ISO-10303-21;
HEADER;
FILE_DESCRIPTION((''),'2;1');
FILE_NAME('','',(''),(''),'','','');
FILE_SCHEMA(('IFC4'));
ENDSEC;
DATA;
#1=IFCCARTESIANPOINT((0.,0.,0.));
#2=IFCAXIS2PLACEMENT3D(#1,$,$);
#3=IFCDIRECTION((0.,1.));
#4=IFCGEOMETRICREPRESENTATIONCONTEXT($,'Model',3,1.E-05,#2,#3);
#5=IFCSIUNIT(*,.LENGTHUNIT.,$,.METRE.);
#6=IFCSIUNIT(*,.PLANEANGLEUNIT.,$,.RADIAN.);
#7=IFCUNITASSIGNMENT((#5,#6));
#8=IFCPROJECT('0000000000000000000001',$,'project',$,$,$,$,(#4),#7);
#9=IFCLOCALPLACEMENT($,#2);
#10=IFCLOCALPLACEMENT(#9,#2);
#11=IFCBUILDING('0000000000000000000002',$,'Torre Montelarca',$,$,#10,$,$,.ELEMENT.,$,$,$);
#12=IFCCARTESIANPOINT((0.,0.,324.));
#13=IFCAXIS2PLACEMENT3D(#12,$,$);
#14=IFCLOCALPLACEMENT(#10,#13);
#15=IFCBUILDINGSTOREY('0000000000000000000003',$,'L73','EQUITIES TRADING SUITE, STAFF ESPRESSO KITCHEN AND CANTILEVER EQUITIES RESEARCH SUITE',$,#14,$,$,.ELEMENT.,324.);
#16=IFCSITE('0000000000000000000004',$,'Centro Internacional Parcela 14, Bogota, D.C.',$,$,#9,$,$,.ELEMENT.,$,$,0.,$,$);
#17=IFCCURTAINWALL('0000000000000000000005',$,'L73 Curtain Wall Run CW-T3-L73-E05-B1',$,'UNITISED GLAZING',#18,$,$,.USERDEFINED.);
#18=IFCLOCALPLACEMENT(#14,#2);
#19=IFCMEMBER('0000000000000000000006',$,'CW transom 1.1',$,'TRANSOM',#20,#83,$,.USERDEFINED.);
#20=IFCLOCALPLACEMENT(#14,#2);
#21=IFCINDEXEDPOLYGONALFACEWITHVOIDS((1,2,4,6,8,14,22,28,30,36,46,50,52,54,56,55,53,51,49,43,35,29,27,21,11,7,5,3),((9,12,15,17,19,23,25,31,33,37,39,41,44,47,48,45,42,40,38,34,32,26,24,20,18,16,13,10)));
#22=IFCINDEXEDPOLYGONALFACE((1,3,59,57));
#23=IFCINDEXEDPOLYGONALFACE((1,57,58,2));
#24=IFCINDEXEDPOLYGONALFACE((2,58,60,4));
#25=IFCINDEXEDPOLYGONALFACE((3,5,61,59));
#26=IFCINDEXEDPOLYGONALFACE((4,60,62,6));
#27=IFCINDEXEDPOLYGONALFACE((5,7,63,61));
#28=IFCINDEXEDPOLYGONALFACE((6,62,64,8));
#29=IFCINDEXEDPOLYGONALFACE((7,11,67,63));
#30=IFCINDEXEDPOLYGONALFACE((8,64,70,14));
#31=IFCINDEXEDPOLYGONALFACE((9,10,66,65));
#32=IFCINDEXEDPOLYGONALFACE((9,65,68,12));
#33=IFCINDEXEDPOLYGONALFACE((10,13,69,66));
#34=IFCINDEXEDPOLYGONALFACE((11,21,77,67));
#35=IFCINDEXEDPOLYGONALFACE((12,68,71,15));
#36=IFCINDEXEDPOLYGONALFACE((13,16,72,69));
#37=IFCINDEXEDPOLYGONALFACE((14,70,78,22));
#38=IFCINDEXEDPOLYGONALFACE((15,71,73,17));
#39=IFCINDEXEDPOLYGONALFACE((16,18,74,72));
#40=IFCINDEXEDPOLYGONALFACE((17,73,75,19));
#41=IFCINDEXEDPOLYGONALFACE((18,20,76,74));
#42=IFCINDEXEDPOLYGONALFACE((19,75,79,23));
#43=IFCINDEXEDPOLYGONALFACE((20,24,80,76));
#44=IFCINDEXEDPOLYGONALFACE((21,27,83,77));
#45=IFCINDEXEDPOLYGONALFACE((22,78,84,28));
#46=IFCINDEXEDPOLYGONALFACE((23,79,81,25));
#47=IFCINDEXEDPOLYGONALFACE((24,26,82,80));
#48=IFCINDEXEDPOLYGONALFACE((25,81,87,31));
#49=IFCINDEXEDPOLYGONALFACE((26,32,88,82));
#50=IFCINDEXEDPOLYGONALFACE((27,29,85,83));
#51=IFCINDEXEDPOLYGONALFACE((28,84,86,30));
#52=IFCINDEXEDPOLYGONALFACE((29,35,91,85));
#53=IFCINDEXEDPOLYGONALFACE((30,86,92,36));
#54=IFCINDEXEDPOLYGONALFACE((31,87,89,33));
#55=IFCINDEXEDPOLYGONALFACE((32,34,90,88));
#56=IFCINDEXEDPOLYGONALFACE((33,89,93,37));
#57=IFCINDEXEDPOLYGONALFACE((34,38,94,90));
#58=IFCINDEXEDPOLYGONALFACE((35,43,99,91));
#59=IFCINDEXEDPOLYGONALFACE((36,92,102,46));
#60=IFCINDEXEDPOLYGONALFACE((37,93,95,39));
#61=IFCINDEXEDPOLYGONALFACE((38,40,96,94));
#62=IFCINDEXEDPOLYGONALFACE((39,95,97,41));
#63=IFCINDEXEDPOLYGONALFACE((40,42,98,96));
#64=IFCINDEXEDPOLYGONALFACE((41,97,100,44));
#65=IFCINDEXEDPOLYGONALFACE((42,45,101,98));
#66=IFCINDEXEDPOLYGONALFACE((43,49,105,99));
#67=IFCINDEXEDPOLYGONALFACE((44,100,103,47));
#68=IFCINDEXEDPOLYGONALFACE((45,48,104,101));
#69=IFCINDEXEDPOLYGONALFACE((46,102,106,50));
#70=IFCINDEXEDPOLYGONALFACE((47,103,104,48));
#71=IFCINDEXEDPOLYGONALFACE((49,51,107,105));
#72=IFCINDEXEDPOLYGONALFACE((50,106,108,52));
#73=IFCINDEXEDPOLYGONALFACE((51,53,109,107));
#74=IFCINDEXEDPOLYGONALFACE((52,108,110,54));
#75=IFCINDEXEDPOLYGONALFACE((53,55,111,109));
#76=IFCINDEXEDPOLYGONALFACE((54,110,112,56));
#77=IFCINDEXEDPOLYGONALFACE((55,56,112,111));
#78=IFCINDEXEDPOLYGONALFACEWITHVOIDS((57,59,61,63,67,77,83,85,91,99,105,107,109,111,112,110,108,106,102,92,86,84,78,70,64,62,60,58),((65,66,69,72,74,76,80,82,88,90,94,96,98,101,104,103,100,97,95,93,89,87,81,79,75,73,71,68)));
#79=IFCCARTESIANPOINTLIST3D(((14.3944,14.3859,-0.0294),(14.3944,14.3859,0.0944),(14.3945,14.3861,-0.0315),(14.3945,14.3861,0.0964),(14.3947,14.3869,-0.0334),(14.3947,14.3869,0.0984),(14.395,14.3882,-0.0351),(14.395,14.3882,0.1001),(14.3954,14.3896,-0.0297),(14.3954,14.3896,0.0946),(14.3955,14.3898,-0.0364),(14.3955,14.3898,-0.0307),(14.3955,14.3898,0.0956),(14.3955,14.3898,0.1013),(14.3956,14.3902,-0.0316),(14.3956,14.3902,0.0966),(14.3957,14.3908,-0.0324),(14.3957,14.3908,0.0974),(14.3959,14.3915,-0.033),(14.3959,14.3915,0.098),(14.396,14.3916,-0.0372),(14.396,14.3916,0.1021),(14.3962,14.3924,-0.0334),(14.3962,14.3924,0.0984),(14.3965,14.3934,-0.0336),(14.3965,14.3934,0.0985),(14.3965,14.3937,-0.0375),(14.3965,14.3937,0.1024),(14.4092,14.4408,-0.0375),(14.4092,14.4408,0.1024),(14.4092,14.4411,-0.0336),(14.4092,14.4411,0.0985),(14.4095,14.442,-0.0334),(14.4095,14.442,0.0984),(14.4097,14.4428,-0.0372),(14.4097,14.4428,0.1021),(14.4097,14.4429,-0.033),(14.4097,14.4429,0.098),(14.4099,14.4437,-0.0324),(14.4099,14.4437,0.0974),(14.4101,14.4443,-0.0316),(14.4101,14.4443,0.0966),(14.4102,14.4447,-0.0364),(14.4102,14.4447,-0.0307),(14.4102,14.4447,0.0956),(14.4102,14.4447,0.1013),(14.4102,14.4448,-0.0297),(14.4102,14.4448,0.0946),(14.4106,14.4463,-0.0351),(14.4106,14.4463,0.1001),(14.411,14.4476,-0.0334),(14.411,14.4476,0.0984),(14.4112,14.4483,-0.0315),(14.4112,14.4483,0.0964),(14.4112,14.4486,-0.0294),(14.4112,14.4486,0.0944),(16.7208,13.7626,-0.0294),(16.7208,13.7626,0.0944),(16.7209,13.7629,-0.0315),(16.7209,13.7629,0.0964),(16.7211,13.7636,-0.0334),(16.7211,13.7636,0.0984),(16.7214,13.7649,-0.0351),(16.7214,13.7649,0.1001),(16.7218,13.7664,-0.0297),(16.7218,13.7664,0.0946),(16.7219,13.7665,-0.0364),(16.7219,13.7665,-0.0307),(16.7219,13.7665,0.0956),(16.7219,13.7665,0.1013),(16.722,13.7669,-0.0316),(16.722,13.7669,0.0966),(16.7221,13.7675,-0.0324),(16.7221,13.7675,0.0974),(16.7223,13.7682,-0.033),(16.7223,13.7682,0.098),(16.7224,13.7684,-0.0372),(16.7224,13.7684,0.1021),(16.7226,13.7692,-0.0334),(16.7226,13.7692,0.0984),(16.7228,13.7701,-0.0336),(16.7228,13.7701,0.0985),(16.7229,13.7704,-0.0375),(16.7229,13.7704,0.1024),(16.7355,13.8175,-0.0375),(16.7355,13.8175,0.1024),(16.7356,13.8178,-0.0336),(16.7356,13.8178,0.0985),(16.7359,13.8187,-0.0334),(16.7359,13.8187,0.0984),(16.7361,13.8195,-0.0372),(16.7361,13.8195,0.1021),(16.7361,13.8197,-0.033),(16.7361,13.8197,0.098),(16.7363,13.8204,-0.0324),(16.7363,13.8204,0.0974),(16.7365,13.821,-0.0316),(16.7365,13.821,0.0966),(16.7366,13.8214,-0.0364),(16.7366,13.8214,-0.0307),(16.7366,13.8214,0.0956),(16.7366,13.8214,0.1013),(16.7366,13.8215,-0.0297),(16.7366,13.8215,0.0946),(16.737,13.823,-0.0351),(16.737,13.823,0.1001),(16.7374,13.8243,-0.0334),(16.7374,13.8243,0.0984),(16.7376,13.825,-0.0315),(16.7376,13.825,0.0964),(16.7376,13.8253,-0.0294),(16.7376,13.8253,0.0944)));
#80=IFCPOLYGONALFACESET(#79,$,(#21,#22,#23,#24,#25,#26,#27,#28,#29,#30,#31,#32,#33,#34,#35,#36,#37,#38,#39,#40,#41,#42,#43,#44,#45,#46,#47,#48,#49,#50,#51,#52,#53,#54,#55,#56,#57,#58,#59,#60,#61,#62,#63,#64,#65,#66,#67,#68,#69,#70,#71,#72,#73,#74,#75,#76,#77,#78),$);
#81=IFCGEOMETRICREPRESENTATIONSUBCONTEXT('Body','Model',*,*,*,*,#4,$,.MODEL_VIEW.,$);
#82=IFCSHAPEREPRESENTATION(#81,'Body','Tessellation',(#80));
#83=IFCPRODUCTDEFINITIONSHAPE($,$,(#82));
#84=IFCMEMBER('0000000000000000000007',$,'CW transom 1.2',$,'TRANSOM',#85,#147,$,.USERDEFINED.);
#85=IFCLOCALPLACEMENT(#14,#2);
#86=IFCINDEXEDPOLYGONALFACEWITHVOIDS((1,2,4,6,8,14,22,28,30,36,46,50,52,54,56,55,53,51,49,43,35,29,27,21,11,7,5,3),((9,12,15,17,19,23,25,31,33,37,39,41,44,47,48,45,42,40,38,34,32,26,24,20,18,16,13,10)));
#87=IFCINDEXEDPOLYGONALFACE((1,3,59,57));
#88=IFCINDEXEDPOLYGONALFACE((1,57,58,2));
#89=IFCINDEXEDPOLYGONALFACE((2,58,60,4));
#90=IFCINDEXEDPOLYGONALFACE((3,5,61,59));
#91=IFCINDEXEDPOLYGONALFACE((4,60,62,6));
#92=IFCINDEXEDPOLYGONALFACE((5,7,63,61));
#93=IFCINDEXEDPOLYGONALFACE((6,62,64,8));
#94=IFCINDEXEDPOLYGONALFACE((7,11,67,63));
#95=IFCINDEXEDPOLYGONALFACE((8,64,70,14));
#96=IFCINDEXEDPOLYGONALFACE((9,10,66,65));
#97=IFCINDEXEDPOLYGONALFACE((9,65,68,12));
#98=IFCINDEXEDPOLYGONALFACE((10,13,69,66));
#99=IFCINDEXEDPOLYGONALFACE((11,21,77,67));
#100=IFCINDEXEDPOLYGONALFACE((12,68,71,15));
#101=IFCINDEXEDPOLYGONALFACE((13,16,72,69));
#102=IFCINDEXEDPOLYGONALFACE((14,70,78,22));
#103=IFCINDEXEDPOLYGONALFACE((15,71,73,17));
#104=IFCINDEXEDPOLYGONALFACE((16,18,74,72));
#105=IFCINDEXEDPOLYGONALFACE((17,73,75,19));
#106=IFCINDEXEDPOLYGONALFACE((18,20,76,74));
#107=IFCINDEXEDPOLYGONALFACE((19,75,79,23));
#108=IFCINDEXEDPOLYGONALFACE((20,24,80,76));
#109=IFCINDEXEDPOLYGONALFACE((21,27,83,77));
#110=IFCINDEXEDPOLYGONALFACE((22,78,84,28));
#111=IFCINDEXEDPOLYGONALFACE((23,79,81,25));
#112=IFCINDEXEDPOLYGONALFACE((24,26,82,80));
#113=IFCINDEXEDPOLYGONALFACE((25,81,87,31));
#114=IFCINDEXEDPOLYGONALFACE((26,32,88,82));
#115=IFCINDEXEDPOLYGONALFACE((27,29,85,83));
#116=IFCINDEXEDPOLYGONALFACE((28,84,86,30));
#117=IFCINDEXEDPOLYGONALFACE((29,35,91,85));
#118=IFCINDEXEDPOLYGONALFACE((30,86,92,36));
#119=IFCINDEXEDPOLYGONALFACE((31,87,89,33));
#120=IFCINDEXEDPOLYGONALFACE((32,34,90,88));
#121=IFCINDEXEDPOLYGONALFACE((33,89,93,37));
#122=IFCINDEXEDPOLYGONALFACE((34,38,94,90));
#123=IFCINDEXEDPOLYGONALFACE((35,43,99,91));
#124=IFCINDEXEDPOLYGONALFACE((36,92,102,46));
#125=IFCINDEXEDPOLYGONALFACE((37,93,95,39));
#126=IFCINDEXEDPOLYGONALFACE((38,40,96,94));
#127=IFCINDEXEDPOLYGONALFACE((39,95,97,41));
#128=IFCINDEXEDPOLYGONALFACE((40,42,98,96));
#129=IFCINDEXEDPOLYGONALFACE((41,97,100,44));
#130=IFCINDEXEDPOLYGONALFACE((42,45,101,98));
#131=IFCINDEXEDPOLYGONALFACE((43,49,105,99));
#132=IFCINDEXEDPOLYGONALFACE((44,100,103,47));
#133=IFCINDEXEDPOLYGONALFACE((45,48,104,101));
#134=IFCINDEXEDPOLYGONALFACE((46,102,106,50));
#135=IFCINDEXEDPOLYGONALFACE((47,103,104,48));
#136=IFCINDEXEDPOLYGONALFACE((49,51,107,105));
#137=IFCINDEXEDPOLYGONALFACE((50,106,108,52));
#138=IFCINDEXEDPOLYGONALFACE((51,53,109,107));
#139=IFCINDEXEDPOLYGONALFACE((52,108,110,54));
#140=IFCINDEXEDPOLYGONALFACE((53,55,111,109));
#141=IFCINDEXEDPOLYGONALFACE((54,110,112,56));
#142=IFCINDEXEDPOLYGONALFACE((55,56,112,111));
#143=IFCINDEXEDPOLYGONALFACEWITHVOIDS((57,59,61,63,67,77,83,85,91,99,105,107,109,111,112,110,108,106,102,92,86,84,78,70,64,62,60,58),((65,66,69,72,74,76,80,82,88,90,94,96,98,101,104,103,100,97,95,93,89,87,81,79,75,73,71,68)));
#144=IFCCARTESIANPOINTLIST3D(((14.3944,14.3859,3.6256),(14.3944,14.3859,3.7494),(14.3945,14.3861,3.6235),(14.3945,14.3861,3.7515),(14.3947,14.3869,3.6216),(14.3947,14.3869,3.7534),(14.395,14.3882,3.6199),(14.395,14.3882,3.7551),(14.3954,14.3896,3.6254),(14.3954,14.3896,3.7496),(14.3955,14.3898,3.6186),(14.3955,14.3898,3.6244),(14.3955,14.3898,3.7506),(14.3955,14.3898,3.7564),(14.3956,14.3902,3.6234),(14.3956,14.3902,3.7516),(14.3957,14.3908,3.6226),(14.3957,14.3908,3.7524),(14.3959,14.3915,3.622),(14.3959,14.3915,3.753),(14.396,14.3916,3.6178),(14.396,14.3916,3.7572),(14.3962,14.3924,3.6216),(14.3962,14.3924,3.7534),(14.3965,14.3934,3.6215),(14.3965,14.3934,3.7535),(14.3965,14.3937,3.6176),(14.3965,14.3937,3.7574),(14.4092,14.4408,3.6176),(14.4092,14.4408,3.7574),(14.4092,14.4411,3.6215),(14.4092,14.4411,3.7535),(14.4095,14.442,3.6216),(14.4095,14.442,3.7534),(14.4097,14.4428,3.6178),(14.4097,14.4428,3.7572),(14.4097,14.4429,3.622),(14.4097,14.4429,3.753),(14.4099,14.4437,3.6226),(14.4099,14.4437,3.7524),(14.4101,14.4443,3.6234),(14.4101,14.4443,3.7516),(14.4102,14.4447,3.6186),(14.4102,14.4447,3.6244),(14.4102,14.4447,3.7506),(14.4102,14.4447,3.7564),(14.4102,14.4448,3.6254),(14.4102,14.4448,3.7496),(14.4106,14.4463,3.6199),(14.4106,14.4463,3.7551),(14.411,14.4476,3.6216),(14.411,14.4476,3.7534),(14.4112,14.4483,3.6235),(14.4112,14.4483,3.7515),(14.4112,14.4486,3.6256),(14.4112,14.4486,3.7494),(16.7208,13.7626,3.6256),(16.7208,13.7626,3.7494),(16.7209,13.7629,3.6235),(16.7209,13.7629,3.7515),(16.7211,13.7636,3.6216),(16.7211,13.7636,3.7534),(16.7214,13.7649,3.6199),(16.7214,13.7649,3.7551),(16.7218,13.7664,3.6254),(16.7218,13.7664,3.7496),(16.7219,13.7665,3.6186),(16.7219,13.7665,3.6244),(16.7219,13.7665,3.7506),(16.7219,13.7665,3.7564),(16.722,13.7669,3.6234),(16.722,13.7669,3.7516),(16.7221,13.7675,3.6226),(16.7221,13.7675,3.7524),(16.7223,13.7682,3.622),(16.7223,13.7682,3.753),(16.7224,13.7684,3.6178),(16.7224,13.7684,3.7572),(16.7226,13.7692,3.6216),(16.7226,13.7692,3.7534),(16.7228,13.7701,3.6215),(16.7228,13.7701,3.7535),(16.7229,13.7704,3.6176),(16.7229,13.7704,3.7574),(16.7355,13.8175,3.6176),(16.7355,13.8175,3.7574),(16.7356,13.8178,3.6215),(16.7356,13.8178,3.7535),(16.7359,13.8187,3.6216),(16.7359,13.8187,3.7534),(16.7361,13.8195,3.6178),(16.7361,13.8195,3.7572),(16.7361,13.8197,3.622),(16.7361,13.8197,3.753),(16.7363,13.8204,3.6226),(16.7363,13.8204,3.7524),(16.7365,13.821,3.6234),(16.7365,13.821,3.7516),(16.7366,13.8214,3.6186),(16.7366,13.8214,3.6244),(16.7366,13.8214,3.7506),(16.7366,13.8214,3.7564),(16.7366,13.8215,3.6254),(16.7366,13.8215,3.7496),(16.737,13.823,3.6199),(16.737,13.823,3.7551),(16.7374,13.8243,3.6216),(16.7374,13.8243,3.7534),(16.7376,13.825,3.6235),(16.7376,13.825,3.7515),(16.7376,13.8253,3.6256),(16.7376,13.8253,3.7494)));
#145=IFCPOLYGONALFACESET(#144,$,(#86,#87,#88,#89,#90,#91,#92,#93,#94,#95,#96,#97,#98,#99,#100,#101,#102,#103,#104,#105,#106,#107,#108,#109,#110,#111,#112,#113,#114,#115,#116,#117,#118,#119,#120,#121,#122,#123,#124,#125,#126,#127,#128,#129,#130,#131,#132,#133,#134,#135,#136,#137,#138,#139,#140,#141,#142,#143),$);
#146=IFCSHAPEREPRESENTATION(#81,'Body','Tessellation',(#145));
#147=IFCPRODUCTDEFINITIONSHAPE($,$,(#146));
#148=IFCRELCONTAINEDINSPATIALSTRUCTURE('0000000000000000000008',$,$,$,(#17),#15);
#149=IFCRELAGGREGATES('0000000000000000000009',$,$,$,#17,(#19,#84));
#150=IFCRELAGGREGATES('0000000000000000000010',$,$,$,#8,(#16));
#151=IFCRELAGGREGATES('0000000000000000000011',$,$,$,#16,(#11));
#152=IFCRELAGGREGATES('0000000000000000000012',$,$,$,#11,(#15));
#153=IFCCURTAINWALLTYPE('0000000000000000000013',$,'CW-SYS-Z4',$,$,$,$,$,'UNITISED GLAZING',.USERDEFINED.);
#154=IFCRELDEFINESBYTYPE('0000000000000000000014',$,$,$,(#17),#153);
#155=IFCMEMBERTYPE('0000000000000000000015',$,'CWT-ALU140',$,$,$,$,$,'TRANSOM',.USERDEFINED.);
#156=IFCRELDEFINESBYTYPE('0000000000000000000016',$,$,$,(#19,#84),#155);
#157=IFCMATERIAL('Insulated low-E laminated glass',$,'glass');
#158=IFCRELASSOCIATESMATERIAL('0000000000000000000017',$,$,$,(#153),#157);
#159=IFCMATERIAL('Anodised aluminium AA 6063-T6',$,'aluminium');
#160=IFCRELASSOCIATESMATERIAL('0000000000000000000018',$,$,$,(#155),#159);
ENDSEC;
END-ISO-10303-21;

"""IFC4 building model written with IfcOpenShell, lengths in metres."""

from ifc_helpers import new_model, si_unit, direction, frame, origin, origin_2d, place, context, subcontext, project, spatial, hollow_rectangle, extrude, source, transform, mapped, material, material_profile, profile_set, type_object, element, aggregate, save


model = new_model("IFC4")

# Units and contexts
model_context = context("Model", 3, precision=1e-05, world=origin(), true_north=direction((0.0, 1.0)))
body_context = subcontext(model_context, "Body", "Model", "MODEL_VIEW")
ifc_project = project(units=[si_unit("LENGTHUNIT", "METRE"), si_unit("PLANEANGLEUNIT", "RADIAN")], contexts=[model_context])

# Site, building, storey
site_placement = place(None, origin())
site = spatial("IfcSite", under=ifc_project, at=site_placement, Name="Centro Internacional Parcela 14, Bogota, D.C.", CompositionType="ELEMENT", RefElevation=0.0)
building_placement = place(site_placement, origin())
building = spatial("IfcBuilding", under=site, at=building_placement, Name="Torre Montelarca", CompositionType="ELEMENT")
storey_placement = place(building_placement, frame((0.0, 0.0, 324.0)))
storey = spatial("IfcBuildingStorey", under=building, at=storey_placement, Name="L73", Description="EQUITIES TRADING SUITE, STAFF ESPRESSO KITCHEN AND CANTILEVER EQUITIES RESEARCH SUITE", CompositionType="ELEMENT", Elevation=324.0)

# Shared definitions
ifc_material_1 = material(Name="Insulated low-E laminated glass", Category="glass")
curtain_wall_type = type_object("IfcCurtainWallType", Name="CW-SYS-Z4", ElementType="UNITISED GLAZING", PredefinedType="USERDEFINED", material=ifc_material_1)
ifc_material_2 = material(Name="Anodised aluminium AA 6063-T6", Category="aluminium")

# Curtain wall
curtain_wall_1_placement = place(storey_placement, origin())
curtain_wall_1 = element("IfcCurtainWall", 1, at=curtain_wall_1_placement, inside=storey, type_object=curtain_wall_type, Name="L73 Curtain Wall Run CW-T3-L73-E05-B1", ObjectType="UNITISED GLAZING", PredefinedType="USERDEFINED")

# Members
ifc_material_profile_1 = material_profile(ifc_material_2, hollow_rectangle(XDim=0.0649, YDim=0.1399, WallThickness=0.0039, InnerFilletRadius=0.0039, OuterFilletRadius=0.0081, at=origin_2d()), Name="ALU65X140X4", Category="aluminium")
ifc_profile_set_1 = profile_set([ifc_material_profile_1], Name="Anodised aluminium AA 6063-T6")
member_type_1 = type_object("IfcMemberType", Name="CWT-ALU140", ElementType="TRANSOM", PredefinedType="USERDEFINED", material=ifc_profile_set_1)
shared_shape_1 = source(origin(), body_context, "Body", "SweptSolid", [
    extrude(hollow_rectangle(XDim=0.0649, YDim=0.1399, WallThickness=0.0039, InnerFilletRadius=0.0039, OuterFilletRadius=0.0081, at=origin_2d()), origin(), (0.0, 0.0, 1.0), 2.4084),
])
member_1_placement = place(storey_placement, frame((14.4028, 14.4172, 0.0325), z_axis=(0.965933, -0.258792, 0.0), x_axis=(0.258792, 0.965933, 0.0)))
member_1 = element("IfcMember", 2, at=member_1_placement, type_object=member_type_1, Name="CW transom 1.1", ObjectType="TRANSOM", PredefinedType="USERDEFINED", context=body_context, shape_type="MappedRepresentation", body=[
    mapped(shared_shape_1, transform((0.0, 0.0, 0.0), scale=1.0)),
])
member_2_placement = place(storey_placement, frame((14.4028, 14.4172, 3.6875), z_axis=(0.965933, -0.258792, 0.0), x_axis=(0.258792, 0.965933, 0.0)))
member_2 = element("IfcMember", 3, at=member_2_placement, type_object=member_type_1, Name="CW transom 1.2", ObjectType="TRANSOM", PredefinedType="USERDEFINED", context=body_context, shape_type="MappedRepresentation", body=[
    mapped(shared_shape_1, transform((0.0, 0.0, 0.0), scale=1.0)),
])

aggregate(curtain_wall_1, [member_1, member_2])

save(model, "model.ifc")
